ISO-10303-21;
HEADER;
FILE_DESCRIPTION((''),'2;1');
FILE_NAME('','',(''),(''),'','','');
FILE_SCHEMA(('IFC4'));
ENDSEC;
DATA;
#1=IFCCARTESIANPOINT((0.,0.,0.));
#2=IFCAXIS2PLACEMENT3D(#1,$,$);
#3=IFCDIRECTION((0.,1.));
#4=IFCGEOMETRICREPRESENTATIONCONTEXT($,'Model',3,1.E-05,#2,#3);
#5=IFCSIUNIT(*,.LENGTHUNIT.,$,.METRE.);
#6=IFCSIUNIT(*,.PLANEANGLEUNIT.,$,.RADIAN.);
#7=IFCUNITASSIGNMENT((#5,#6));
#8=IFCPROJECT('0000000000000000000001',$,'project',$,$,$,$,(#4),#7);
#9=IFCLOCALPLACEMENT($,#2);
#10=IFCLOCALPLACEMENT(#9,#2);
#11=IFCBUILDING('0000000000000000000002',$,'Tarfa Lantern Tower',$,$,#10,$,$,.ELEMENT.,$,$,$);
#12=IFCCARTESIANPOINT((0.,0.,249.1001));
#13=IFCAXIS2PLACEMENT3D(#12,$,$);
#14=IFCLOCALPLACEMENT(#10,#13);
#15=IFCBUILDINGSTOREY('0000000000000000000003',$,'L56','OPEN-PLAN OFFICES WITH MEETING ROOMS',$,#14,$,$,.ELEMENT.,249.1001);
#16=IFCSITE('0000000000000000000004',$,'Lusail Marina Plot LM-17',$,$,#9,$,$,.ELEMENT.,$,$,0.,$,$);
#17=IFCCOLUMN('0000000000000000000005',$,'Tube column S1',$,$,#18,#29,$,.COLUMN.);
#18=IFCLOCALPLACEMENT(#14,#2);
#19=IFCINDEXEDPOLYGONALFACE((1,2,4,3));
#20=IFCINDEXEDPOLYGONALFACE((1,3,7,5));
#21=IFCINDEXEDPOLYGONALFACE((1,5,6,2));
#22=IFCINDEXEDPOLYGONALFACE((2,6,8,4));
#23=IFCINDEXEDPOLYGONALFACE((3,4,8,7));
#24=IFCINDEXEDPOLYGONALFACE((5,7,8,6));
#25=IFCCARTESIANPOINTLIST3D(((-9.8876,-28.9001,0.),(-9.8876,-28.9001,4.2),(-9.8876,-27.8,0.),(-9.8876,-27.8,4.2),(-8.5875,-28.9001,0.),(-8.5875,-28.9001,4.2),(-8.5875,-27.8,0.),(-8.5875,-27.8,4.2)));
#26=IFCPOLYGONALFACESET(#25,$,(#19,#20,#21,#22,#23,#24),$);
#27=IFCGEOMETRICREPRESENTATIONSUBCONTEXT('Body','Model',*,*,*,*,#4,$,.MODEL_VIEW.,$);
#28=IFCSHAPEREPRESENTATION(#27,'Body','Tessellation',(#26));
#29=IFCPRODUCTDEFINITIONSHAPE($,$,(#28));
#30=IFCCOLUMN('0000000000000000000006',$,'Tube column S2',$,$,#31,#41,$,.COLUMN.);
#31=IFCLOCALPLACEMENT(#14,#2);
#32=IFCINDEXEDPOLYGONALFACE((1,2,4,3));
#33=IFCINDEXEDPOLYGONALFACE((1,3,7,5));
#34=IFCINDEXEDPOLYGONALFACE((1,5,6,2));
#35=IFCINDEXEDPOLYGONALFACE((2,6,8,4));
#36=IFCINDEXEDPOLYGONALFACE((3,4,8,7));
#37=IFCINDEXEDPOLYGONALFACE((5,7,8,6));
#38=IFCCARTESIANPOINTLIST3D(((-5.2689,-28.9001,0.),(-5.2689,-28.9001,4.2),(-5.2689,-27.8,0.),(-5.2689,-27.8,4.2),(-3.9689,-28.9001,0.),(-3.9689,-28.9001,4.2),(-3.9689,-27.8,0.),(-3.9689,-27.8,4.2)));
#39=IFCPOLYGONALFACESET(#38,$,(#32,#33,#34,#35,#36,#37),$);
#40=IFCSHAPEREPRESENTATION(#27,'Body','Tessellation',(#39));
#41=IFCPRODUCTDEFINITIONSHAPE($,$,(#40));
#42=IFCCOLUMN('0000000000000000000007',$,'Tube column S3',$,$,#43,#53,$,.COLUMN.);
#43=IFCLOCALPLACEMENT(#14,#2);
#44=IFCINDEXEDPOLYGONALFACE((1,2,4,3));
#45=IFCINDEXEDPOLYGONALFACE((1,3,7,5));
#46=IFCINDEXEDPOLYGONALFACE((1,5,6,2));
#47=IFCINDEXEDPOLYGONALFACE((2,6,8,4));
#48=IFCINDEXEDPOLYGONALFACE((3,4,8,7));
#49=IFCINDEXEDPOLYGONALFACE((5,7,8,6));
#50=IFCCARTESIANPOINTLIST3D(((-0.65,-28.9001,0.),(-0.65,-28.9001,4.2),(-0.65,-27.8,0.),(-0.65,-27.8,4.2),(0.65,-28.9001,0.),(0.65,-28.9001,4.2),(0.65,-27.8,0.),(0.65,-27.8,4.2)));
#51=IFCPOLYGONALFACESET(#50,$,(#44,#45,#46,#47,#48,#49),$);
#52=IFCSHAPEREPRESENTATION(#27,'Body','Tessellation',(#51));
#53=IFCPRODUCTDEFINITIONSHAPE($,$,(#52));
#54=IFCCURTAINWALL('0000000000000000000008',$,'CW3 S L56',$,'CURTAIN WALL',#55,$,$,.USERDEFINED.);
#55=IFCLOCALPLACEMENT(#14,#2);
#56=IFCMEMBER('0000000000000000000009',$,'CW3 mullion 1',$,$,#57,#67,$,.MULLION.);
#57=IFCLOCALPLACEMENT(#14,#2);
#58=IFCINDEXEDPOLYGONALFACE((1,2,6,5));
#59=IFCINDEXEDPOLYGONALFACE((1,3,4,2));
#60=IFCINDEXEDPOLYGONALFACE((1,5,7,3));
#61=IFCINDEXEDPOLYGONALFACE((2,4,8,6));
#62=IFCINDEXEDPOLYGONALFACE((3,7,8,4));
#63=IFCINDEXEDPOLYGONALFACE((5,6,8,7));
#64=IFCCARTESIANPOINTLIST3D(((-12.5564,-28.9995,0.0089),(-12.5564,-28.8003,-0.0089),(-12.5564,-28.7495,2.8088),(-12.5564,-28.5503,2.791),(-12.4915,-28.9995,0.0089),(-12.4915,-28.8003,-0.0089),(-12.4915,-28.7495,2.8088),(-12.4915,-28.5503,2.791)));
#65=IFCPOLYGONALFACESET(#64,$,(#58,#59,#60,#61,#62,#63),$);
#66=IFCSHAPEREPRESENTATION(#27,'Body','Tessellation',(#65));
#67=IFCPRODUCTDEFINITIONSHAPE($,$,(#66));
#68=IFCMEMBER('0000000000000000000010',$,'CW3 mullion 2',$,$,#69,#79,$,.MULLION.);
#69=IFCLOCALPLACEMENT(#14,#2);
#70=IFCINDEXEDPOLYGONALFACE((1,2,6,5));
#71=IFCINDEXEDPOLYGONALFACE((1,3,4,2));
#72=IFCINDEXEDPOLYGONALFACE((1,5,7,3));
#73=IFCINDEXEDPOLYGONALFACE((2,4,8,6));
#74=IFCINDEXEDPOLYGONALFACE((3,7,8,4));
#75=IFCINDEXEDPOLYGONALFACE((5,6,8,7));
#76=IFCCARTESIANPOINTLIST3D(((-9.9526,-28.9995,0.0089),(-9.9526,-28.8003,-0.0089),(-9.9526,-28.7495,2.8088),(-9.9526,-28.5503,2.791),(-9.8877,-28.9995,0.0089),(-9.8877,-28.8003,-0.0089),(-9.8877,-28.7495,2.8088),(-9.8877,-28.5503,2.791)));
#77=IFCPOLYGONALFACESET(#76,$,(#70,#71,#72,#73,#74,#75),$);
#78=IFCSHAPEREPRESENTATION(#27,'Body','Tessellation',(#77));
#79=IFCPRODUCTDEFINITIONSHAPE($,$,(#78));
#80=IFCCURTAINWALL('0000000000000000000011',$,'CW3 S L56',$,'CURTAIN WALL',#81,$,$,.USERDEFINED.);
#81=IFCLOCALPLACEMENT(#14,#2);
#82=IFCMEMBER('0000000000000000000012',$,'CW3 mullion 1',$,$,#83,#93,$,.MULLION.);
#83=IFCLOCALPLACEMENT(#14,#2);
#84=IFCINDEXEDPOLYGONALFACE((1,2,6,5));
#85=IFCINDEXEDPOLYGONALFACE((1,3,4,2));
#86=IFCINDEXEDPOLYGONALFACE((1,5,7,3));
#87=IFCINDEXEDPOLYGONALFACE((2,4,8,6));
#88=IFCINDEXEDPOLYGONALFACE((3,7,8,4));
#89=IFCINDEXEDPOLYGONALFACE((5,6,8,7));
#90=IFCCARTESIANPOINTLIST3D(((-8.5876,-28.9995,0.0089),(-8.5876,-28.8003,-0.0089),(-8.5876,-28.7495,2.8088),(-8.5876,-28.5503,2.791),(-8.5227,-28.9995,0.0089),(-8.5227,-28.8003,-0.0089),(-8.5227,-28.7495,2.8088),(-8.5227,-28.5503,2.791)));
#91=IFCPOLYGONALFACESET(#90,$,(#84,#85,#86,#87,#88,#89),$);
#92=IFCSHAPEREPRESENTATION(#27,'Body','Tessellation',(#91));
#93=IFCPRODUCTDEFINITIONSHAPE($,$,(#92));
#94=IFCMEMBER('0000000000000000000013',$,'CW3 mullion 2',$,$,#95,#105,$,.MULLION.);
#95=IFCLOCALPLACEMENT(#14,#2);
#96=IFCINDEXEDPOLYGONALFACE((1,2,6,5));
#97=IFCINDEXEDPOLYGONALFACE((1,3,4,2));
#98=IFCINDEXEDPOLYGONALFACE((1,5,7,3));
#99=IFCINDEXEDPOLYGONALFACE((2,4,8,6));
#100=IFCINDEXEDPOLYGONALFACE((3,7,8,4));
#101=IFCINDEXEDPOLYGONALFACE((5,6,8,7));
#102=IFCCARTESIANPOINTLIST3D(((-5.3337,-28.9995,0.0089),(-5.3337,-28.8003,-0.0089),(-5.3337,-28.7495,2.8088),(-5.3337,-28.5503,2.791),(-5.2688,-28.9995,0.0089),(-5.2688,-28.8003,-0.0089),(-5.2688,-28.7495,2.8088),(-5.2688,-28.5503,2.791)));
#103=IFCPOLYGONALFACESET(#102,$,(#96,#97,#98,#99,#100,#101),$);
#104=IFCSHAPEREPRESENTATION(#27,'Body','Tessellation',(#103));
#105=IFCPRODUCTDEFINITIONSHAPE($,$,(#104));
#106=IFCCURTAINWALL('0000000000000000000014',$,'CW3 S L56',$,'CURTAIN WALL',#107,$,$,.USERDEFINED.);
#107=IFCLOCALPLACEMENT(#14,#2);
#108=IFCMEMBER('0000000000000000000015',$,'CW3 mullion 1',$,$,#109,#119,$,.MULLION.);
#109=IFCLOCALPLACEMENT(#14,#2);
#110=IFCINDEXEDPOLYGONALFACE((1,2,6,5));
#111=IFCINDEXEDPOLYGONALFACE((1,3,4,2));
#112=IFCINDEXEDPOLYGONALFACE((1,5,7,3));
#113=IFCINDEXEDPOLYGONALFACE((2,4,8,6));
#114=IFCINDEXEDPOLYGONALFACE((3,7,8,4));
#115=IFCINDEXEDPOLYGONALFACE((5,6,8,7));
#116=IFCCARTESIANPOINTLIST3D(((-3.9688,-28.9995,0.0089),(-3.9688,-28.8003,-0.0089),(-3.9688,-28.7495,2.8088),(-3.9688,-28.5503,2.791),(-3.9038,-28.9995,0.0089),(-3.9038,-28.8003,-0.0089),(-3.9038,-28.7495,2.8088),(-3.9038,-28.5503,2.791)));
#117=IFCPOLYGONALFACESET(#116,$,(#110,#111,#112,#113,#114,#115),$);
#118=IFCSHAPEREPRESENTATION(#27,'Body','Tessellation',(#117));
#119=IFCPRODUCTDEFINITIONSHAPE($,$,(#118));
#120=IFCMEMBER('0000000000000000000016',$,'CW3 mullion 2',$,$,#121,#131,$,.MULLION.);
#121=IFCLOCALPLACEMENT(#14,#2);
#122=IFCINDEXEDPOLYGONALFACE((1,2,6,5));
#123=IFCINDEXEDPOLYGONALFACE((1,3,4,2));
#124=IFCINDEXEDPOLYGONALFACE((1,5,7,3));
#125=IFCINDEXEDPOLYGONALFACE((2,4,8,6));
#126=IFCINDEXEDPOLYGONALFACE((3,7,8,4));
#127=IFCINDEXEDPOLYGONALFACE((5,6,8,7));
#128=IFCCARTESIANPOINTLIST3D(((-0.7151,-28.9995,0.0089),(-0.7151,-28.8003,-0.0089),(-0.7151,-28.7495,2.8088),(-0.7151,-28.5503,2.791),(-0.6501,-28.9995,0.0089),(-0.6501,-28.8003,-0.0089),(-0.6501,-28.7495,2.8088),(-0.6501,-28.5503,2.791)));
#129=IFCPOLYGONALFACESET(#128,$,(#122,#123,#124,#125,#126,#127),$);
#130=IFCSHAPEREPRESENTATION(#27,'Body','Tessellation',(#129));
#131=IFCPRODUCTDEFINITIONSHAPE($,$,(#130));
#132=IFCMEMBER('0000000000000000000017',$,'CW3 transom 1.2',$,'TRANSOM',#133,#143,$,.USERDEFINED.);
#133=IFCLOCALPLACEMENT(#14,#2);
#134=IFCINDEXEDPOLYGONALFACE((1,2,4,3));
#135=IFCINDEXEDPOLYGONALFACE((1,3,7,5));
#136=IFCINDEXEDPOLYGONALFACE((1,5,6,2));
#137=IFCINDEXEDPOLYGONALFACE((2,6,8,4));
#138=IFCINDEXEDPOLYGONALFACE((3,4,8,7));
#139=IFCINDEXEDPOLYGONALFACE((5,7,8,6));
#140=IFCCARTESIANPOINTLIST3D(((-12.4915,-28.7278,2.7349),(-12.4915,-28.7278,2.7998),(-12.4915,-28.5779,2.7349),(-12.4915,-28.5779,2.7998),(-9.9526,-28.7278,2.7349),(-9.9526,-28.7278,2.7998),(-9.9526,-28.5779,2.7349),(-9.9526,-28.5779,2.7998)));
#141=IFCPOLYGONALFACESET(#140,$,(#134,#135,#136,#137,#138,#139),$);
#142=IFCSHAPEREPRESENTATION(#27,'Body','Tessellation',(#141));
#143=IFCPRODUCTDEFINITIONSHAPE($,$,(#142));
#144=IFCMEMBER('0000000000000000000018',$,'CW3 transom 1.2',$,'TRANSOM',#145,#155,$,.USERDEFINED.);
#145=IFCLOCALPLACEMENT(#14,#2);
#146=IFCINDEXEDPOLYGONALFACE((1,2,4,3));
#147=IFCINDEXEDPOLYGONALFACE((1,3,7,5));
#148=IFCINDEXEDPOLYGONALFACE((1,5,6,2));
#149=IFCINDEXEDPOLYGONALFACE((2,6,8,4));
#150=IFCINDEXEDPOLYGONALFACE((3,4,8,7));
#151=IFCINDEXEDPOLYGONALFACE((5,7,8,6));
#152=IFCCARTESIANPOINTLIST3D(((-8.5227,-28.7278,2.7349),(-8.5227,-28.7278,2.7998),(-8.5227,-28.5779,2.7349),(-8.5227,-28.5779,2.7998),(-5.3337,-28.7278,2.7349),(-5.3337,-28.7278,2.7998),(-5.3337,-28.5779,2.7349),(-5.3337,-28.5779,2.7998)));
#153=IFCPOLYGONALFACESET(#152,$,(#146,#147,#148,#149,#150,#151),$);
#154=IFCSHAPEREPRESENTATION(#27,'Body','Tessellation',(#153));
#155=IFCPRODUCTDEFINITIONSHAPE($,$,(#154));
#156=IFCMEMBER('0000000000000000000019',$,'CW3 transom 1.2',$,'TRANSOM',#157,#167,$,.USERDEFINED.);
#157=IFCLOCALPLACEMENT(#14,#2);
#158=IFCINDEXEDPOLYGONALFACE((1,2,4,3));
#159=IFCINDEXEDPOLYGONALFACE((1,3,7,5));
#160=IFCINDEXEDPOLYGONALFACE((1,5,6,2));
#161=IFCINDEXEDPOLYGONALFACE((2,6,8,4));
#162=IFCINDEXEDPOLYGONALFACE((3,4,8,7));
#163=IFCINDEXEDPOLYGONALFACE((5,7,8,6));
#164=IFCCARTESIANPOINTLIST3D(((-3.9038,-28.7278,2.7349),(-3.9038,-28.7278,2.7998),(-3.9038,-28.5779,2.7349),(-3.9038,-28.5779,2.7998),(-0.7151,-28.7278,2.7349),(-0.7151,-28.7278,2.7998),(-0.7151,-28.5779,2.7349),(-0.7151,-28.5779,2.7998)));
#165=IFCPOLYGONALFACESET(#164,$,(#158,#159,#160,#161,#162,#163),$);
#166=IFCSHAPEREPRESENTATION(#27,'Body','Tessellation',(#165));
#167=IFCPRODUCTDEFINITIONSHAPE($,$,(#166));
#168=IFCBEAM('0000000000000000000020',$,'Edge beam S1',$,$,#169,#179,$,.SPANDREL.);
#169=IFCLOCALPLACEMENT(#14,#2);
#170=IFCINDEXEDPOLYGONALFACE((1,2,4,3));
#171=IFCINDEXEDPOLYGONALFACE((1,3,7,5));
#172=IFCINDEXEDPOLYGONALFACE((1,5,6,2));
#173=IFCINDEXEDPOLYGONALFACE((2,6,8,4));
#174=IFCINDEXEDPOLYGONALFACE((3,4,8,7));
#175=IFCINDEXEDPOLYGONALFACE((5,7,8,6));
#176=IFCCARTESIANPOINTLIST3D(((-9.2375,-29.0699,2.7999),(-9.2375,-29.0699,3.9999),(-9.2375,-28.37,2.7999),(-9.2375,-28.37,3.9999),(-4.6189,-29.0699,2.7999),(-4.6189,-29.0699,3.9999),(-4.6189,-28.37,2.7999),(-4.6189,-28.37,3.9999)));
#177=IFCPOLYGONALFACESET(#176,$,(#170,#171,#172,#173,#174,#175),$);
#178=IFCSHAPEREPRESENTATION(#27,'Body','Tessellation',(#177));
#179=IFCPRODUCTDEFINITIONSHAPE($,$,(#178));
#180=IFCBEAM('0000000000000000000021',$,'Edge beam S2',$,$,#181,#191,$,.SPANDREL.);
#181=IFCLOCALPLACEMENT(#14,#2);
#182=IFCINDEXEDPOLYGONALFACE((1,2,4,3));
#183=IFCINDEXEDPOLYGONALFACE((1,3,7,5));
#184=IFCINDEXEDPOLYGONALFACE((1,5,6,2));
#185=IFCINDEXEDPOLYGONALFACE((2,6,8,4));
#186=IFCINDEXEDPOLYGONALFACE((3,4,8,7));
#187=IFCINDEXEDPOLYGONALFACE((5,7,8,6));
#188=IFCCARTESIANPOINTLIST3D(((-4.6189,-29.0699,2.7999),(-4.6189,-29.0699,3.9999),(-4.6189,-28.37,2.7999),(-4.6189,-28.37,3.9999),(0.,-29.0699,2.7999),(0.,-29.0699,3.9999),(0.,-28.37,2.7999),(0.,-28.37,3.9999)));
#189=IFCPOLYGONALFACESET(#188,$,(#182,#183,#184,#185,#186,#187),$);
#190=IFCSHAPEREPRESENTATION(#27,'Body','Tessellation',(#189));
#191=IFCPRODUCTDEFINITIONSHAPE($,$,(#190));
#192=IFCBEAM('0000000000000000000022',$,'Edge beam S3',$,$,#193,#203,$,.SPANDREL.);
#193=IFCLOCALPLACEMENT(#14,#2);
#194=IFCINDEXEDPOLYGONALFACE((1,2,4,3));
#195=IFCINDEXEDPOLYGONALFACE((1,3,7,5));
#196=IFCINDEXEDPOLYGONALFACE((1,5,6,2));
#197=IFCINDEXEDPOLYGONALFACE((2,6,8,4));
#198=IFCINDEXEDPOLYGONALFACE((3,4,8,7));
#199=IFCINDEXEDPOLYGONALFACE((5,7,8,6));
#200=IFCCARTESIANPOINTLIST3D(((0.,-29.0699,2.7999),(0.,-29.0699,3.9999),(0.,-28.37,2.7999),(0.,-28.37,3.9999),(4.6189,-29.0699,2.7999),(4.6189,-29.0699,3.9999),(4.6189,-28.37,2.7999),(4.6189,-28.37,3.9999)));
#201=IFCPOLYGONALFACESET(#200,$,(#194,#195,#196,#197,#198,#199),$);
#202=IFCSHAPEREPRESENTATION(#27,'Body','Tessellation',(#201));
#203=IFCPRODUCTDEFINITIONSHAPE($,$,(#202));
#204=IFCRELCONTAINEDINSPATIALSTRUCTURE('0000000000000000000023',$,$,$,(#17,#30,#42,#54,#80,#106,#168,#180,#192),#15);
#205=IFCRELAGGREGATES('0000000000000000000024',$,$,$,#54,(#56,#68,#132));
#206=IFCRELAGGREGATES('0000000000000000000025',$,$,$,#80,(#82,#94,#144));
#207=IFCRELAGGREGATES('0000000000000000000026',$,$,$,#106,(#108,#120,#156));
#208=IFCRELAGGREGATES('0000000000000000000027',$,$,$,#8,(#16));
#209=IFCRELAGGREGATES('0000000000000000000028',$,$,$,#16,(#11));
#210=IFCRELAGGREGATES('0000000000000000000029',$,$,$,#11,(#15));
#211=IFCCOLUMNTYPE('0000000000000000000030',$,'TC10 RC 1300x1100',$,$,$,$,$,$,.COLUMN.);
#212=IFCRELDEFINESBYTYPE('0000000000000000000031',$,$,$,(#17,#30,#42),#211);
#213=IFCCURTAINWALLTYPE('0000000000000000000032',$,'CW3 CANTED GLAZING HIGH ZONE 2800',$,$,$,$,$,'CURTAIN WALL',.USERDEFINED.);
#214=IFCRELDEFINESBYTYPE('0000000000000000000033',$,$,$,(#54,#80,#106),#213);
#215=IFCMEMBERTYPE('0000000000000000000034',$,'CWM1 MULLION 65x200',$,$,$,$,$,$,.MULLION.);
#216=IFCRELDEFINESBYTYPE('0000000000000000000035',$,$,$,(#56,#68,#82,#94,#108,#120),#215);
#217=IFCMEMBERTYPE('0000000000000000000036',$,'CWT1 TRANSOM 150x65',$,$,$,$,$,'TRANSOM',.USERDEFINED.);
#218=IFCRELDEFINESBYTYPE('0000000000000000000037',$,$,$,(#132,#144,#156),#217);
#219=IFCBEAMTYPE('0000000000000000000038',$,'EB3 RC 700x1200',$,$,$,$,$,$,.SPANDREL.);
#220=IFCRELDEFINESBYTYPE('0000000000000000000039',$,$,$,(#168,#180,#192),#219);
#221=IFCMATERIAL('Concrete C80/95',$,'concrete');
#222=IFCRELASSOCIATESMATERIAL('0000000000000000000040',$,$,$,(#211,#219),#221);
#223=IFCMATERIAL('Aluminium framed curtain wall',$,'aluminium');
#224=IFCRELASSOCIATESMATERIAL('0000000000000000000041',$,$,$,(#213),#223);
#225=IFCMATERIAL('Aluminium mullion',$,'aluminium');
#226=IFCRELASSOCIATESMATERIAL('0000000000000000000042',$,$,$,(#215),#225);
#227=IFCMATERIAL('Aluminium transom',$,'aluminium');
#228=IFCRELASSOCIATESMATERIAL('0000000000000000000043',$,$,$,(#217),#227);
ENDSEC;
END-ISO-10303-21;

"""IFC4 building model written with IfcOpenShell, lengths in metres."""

from ifc_helpers import new_model, si_unit, direction, frame, origin, origin_2d, place, context, subcontext, project, spatial, rectangle, extrude, material, material_profile, profile_set, type_object, element, aggregate, save


model = new_model("IFC4")

# Units and contexts
model_context = context("Model", 3, precision=1e-05, world=origin(), true_north=direction((0.0, 1.0)))
body_context = subcontext(model_context, "Body", "Model", "MODEL_VIEW")
ifc_project = project(units=[si_unit("LENGTHUNIT", "METRE"), si_unit("PLANEANGLEUNIT", "RADIAN")], contexts=[model_context])

# Site, building, storey
site_placement = place(None, origin())
site = spatial("IfcSite", under=ifc_project, at=site_placement, Name="Lusail Marina Plot LM-17", CompositionType="ELEMENT", RefElevation=0.0)
building_placement = place(site_placement, origin())
building = spatial("IfcBuilding", under=site, at=building_placement, Name="Tarfa Lantern Tower", CompositionType="ELEMENT")
storey_placement = place(building_placement, frame((0.0, 0.0, 249.1001)))
storey = spatial("IfcBuildingStorey", under=building, at=storey_placement, Name="L56", Description="OPEN-PLAN OFFICES WITH MEETING ROOMS", CompositionType="ELEMENT", Elevation=249.1001)

# Columns
ifc_material_1 = material(Name="Concrete C80/95", Category="concrete")
ifc_material_profile_1 = material_profile(ifc_material_1, rectangle(XDim=1.3, YDim=1.1001, at=origin_2d()), Name="RC 1300x1100")
ifc_profile_set_1 = profile_set([ifc_material_profile_1], Name="Concrete C80/95")
column_type = type_object("IfcColumnType", Name="TC10 RC 1300x1100", PredefinedType="COLUMN", material=ifc_profile_set_1)
for number, where, z_axis, x_axis, name in (
    (1, (-9.2375, -28.3501, 0.0), (0.0, 0.0, 1.0), (1.0, 0.0, 0.0), "Tube column S1"),
    (2, (-4.6189, -28.3501, 0.0), (0.0, 0.0, 1.0), (1.0, 0.0, 0.0), "Tube column S2"),
    (3, (0.0, -28.3501, 0.0), (0.0, 0.0, 1.0), (1.0, 0.0, 0.0), "Tube column S3"),
):
    element("IfcColumn", number, at=place(storey_placement, frame(where, z_axis=z_axis, x_axis=x_axis)), inside=storey, type_object=column_type, Name=name, PredefinedType="COLUMN", context=body_context, shape_type="SweptSolid", body=[
        extrude(rectangle(XDim=1.3, YDim=1.1001, at=origin_2d()), origin(), (0.0, 0.0, 1.0), 4.2),
    ])

# Curtain walls, members
ifc_material_2 = material(Name="Aluminium framed curtain wall", Category="aluminium")
curtain_wall_type = type_object("IfcCurtainWallType", Name="CW3 CANTED GLAZING HIGH ZONE 2800", ElementType="CURTAIN WALL", PredefinedType="USERDEFINED", material=ifc_material_2)
curtain_wall_1_placement = place(storey_placement, origin())
curtain_wall_1 = element("IfcCurtainWall", 4, at=curtain_wall_1_placement, inside=storey, type_object=curtain_wall_type, Name="CW3 S L56", ObjectType="CURTAIN WALL", PredefinedType="USERDEFINED")
ifc_material_3 = material(Name="Aluminium mullion", Category="aluminium")
ifc_material_profile_2 = material_profile(ifc_material_3, rectangle(XDim=0.0649, YDim=0.2, at=origin_2d()), Name="AL MULLION 65x200")
ifc_profile_set_2 = profile_set([ifc_material_profile_2], Name="Aluminium mullion")
member_type_1 = type_object("IfcMemberType", Name="CWM1 MULLION 65x200", PredefinedType="MULLION", material=ifc_profile_set_2)
member_1_placement = place(storey_placement, frame((-12.5239, -28.8999, 0.0), z_axis=(0.0, 0.088938, 0.996037), x_axis=(-1.0, 0.0, 0.0)))
member_1 = element("IfcMember", 5, at=member_1_placement, type_object=member_type_1, Name="CW3 mullion 1", PredefinedType="MULLION", context=body_context, shape_type="SweptSolid", body=[
    extrude(rectangle(XDim=0.0649, YDim=0.2, at=origin_2d()), origin(), (0.0, 0.0, 1.0), 2.811),
])
member_2_placement = place(storey_placement, frame((-9.9202, -28.8999, 0.0), z_axis=(0.0, 0.088938, 0.996037), x_axis=(-1.0, 0.0, 0.0)))
member_2 = element("IfcMember", 6, at=member_2_placement, type_object=member_type_1, Name="CW3 mullion 2", PredefinedType="MULLION", context=body_context, shape_type="SweptSolid", body=[
    extrude(rectangle(XDim=0.0649, YDim=0.2, at=origin_2d()), origin(), (0.0, 0.0, 1.0), 2.811),
])
curtain_wall_2_placement = place(storey_placement, origin())
curtain_wall_2 = element("IfcCurtainWall", 7, at=curtain_wall_2_placement, inside=storey, type_object=curtain_wall_type, Name="CW3 S L56", ObjectType="CURTAIN WALL", PredefinedType="USERDEFINED")
member_3_placement = place(storey_placement, frame((-8.5552, -28.8999, 0.0), z_axis=(0.0, 0.088938, 0.996037), x_axis=(-1.0, 0.0, 0.0)))
member_3 = element("IfcMember", 8, at=member_3_placement, type_object=member_type_1, Name="CW3 mullion 1", PredefinedType="MULLION", context=body_context, shape_type="SweptSolid", body=[
    extrude(rectangle(XDim=0.0649, YDim=0.2, at=origin_2d()), origin(), (0.0, 0.0, 1.0), 2.811),
])
member_4_placement = place(storey_placement, frame((-5.3013, -28.8999, 0.0), z_axis=(0.0, 0.088938, 0.996037), x_axis=(-1.0, 0.0, 0.0)))
member_4 = element("IfcMember", 9, at=member_4_placement, type_object=member_type_1, Name="CW3 mullion 2", PredefinedType="MULLION", context=body_context, shape_type="SweptSolid", body=[
    extrude(rectangle(XDim=0.0649, YDim=0.2, at=origin_2d()), origin(), (0.0, 0.0, 1.0), 2.811),
])
curtain_wall_3_placement = place(storey_placement, origin())
curtain_wall_3 = element("IfcCurtainWall", 10, at=curtain_wall_3_placement, inside=storey, type_object=curtain_wall_type, Name="CW3 S L56", ObjectType="CURTAIN WALL", PredefinedType="USERDEFINED")
member_5_placement = place(storey_placement, frame((-3.9363, -28.8999, 0.0), z_axis=(0.0, 0.088938, 0.996037), x_axis=(-1.0, 0.0, 0.0)))
member_5 = element("IfcMember", 11, at=member_5_placement, type_object=member_type_1, Name="CW3 mullion 1", PredefinedType="MULLION", context=body_context, shape_type="SweptSolid", body=[
    extrude(rectangle(XDim=0.0649, YDim=0.2, at=origin_2d()), origin(), (0.0, 0.0, 1.0), 2.811),
])
member_6_placement = place(storey_placement, frame((-0.6826, -28.8999, 0.0), z_axis=(0.0, 0.088938, 0.996037), x_axis=(-1.0, 0.0, 0.0)))
member_6 = element("IfcMember", 12, at=member_6_placement, type_object=member_type_1, Name="CW3 mullion 2", PredefinedType="MULLION", context=body_context, shape_type="SweptSolid", body=[
    extrude(rectangle(XDim=0.0649, YDim=0.2, at=origin_2d()), origin(), (0.0, 0.0, 1.0), 2.811),
])

# Members
ifc_material_4 = material(Name="Aluminium transom", Category="aluminium")
ifc_material_profile_3 = material_profile(ifc_material_4, rectangle(XDim=0.1499, YDim=0.0649, at=origin_2d()), Name="AL TRANSOM 150x65")
ifc_profile_set_3 = profile_set([ifc_material_profile_3], Name="Aluminium transom")
member_type_2 = type_object("IfcMemberType", Name="CWT1 TRANSOM 150x65", ElementType="TRANSOM", PredefinedType="USERDEFINED", material=ifc_profile_set_3)
member_7_placement = place(storey_placement, frame((-12.4915, -28.6528, 2.7673), z_axis=(1.0, 0.0, 0.0), x_axis=(0.0, 1.0, 0.0)))
member_7 = element("IfcMember", 13, at=member_7_placement, type_object=member_type_2, Name="CW3 transom 1.2", ObjectType="TRANSOM", PredefinedType="USERDEFINED", context=body_context, shape_type="SweptSolid", body=[
    extrude(rectangle(XDim=0.1499, YDim=0.0649, at=origin_2d()), origin(), (0.0, 0.0, 1.0), 2.5388),
])
member_8_placement = place(storey_placement, frame((-8.5227, -28.6528, 2.7673), z_axis=(1.0, 0.0, 0.0), x_axis=(0.0, 1.0, 0.0)))
member_8 = element("IfcMember", 14, at=member_8_placement, type_object=member_type_2, Name="CW3 transom 1.2", ObjectType="TRANSOM", PredefinedType="USERDEFINED", context=body_context, shape_type="SweptSolid", body=[
    extrude(rectangle(XDim=0.1499, YDim=0.0649, at=origin_2d()), origin(), (0.0, 0.0, 1.0), 3.189),
])
member_9_placement = place(storey_placement, frame((-3.9038, -28.6528, 2.7673), z_axis=(1.0, 0.0, 0.0), x_axis=(0.0, 1.0, 0.0)))
member_9 = element("IfcMember", 15, at=member_9_placement, type_object=member_type_2, Name="CW3 transom 1.2", ObjectType="TRANSOM", PredefinedType="USERDEFINED", context=body_context, shape_type="SweptSolid", body=[
    extrude(rectangle(XDim=0.1499, YDim=0.0649, at=origin_2d()), origin(), (0.0, 0.0, 1.0), 3.1887),
])

# Beams
ifc_material_profile_4 = material_profile(ifc_material_1, rectangle(XDim=0.7, YDim=1.2, at=origin_2d()), Name="RC 700x1200")
ifc_profile_set_4 = profile_set([ifc_material_profile_4], Name="Concrete C80/95")
beam_type_1 = type_object("IfcBeamType", Name="EB3 RC 700x1200", PredefinedType="SPANDREL", material=ifc_profile_set_4)
beam_placement = place(storey_placement, frame((-9.2375, -28.72, 3.3999), z_axis=(1.0, 0.0, 0.0), x_axis=(0.0, 1.0, 0.0)))
element("IfcBeam", 16, at=beam_placement, inside=storey, type_object=beam_type_1, Name="Edge beam S1", PredefinedType="SPANDREL", context=body_context, shape_type="SweptSolid", body=[
    extrude(rectangle(XDim=0.7, YDim=1.2, at=origin_2d()), origin(), (0.0, 0.0, 1.0), 4.6187),
])
for number, where, z_axis, x_axis, name in (
    (17, (-4.6189, -28.72, 3.3999), (1.0, 0.0, 0.0), (0.0, 1.0, 0.0), "Edge beam S2"),
    (18, (0.0, -28.72, 3.3999), (1.0, 0.0, 0.0), (0.0, 1.0, 0.0), "Edge beam S3"),
):
    element("IfcBeam", number, at=place(storey_placement, frame(where, z_axis=z_axis, x_axis=x_axis)), inside=storey, type_object=beam_type_1, Name=name, PredefinedType="SPANDREL", context=body_context, shape_type="SweptSolid", body=[
        extrude(rectangle(XDim=0.7, YDim=1.2, at=origin_2d()), origin(), (0.0, 0.0, 1.0), 4.6189),
    ])

aggregate(curtain_wall_1, [member_1, member_2, member_7])
aggregate(curtain_wall_2, [member_3, member_4, member_8])
aggregate(curtain_wall_3, [member_5, member_6, member_9])

save(model, "model.ifc")
